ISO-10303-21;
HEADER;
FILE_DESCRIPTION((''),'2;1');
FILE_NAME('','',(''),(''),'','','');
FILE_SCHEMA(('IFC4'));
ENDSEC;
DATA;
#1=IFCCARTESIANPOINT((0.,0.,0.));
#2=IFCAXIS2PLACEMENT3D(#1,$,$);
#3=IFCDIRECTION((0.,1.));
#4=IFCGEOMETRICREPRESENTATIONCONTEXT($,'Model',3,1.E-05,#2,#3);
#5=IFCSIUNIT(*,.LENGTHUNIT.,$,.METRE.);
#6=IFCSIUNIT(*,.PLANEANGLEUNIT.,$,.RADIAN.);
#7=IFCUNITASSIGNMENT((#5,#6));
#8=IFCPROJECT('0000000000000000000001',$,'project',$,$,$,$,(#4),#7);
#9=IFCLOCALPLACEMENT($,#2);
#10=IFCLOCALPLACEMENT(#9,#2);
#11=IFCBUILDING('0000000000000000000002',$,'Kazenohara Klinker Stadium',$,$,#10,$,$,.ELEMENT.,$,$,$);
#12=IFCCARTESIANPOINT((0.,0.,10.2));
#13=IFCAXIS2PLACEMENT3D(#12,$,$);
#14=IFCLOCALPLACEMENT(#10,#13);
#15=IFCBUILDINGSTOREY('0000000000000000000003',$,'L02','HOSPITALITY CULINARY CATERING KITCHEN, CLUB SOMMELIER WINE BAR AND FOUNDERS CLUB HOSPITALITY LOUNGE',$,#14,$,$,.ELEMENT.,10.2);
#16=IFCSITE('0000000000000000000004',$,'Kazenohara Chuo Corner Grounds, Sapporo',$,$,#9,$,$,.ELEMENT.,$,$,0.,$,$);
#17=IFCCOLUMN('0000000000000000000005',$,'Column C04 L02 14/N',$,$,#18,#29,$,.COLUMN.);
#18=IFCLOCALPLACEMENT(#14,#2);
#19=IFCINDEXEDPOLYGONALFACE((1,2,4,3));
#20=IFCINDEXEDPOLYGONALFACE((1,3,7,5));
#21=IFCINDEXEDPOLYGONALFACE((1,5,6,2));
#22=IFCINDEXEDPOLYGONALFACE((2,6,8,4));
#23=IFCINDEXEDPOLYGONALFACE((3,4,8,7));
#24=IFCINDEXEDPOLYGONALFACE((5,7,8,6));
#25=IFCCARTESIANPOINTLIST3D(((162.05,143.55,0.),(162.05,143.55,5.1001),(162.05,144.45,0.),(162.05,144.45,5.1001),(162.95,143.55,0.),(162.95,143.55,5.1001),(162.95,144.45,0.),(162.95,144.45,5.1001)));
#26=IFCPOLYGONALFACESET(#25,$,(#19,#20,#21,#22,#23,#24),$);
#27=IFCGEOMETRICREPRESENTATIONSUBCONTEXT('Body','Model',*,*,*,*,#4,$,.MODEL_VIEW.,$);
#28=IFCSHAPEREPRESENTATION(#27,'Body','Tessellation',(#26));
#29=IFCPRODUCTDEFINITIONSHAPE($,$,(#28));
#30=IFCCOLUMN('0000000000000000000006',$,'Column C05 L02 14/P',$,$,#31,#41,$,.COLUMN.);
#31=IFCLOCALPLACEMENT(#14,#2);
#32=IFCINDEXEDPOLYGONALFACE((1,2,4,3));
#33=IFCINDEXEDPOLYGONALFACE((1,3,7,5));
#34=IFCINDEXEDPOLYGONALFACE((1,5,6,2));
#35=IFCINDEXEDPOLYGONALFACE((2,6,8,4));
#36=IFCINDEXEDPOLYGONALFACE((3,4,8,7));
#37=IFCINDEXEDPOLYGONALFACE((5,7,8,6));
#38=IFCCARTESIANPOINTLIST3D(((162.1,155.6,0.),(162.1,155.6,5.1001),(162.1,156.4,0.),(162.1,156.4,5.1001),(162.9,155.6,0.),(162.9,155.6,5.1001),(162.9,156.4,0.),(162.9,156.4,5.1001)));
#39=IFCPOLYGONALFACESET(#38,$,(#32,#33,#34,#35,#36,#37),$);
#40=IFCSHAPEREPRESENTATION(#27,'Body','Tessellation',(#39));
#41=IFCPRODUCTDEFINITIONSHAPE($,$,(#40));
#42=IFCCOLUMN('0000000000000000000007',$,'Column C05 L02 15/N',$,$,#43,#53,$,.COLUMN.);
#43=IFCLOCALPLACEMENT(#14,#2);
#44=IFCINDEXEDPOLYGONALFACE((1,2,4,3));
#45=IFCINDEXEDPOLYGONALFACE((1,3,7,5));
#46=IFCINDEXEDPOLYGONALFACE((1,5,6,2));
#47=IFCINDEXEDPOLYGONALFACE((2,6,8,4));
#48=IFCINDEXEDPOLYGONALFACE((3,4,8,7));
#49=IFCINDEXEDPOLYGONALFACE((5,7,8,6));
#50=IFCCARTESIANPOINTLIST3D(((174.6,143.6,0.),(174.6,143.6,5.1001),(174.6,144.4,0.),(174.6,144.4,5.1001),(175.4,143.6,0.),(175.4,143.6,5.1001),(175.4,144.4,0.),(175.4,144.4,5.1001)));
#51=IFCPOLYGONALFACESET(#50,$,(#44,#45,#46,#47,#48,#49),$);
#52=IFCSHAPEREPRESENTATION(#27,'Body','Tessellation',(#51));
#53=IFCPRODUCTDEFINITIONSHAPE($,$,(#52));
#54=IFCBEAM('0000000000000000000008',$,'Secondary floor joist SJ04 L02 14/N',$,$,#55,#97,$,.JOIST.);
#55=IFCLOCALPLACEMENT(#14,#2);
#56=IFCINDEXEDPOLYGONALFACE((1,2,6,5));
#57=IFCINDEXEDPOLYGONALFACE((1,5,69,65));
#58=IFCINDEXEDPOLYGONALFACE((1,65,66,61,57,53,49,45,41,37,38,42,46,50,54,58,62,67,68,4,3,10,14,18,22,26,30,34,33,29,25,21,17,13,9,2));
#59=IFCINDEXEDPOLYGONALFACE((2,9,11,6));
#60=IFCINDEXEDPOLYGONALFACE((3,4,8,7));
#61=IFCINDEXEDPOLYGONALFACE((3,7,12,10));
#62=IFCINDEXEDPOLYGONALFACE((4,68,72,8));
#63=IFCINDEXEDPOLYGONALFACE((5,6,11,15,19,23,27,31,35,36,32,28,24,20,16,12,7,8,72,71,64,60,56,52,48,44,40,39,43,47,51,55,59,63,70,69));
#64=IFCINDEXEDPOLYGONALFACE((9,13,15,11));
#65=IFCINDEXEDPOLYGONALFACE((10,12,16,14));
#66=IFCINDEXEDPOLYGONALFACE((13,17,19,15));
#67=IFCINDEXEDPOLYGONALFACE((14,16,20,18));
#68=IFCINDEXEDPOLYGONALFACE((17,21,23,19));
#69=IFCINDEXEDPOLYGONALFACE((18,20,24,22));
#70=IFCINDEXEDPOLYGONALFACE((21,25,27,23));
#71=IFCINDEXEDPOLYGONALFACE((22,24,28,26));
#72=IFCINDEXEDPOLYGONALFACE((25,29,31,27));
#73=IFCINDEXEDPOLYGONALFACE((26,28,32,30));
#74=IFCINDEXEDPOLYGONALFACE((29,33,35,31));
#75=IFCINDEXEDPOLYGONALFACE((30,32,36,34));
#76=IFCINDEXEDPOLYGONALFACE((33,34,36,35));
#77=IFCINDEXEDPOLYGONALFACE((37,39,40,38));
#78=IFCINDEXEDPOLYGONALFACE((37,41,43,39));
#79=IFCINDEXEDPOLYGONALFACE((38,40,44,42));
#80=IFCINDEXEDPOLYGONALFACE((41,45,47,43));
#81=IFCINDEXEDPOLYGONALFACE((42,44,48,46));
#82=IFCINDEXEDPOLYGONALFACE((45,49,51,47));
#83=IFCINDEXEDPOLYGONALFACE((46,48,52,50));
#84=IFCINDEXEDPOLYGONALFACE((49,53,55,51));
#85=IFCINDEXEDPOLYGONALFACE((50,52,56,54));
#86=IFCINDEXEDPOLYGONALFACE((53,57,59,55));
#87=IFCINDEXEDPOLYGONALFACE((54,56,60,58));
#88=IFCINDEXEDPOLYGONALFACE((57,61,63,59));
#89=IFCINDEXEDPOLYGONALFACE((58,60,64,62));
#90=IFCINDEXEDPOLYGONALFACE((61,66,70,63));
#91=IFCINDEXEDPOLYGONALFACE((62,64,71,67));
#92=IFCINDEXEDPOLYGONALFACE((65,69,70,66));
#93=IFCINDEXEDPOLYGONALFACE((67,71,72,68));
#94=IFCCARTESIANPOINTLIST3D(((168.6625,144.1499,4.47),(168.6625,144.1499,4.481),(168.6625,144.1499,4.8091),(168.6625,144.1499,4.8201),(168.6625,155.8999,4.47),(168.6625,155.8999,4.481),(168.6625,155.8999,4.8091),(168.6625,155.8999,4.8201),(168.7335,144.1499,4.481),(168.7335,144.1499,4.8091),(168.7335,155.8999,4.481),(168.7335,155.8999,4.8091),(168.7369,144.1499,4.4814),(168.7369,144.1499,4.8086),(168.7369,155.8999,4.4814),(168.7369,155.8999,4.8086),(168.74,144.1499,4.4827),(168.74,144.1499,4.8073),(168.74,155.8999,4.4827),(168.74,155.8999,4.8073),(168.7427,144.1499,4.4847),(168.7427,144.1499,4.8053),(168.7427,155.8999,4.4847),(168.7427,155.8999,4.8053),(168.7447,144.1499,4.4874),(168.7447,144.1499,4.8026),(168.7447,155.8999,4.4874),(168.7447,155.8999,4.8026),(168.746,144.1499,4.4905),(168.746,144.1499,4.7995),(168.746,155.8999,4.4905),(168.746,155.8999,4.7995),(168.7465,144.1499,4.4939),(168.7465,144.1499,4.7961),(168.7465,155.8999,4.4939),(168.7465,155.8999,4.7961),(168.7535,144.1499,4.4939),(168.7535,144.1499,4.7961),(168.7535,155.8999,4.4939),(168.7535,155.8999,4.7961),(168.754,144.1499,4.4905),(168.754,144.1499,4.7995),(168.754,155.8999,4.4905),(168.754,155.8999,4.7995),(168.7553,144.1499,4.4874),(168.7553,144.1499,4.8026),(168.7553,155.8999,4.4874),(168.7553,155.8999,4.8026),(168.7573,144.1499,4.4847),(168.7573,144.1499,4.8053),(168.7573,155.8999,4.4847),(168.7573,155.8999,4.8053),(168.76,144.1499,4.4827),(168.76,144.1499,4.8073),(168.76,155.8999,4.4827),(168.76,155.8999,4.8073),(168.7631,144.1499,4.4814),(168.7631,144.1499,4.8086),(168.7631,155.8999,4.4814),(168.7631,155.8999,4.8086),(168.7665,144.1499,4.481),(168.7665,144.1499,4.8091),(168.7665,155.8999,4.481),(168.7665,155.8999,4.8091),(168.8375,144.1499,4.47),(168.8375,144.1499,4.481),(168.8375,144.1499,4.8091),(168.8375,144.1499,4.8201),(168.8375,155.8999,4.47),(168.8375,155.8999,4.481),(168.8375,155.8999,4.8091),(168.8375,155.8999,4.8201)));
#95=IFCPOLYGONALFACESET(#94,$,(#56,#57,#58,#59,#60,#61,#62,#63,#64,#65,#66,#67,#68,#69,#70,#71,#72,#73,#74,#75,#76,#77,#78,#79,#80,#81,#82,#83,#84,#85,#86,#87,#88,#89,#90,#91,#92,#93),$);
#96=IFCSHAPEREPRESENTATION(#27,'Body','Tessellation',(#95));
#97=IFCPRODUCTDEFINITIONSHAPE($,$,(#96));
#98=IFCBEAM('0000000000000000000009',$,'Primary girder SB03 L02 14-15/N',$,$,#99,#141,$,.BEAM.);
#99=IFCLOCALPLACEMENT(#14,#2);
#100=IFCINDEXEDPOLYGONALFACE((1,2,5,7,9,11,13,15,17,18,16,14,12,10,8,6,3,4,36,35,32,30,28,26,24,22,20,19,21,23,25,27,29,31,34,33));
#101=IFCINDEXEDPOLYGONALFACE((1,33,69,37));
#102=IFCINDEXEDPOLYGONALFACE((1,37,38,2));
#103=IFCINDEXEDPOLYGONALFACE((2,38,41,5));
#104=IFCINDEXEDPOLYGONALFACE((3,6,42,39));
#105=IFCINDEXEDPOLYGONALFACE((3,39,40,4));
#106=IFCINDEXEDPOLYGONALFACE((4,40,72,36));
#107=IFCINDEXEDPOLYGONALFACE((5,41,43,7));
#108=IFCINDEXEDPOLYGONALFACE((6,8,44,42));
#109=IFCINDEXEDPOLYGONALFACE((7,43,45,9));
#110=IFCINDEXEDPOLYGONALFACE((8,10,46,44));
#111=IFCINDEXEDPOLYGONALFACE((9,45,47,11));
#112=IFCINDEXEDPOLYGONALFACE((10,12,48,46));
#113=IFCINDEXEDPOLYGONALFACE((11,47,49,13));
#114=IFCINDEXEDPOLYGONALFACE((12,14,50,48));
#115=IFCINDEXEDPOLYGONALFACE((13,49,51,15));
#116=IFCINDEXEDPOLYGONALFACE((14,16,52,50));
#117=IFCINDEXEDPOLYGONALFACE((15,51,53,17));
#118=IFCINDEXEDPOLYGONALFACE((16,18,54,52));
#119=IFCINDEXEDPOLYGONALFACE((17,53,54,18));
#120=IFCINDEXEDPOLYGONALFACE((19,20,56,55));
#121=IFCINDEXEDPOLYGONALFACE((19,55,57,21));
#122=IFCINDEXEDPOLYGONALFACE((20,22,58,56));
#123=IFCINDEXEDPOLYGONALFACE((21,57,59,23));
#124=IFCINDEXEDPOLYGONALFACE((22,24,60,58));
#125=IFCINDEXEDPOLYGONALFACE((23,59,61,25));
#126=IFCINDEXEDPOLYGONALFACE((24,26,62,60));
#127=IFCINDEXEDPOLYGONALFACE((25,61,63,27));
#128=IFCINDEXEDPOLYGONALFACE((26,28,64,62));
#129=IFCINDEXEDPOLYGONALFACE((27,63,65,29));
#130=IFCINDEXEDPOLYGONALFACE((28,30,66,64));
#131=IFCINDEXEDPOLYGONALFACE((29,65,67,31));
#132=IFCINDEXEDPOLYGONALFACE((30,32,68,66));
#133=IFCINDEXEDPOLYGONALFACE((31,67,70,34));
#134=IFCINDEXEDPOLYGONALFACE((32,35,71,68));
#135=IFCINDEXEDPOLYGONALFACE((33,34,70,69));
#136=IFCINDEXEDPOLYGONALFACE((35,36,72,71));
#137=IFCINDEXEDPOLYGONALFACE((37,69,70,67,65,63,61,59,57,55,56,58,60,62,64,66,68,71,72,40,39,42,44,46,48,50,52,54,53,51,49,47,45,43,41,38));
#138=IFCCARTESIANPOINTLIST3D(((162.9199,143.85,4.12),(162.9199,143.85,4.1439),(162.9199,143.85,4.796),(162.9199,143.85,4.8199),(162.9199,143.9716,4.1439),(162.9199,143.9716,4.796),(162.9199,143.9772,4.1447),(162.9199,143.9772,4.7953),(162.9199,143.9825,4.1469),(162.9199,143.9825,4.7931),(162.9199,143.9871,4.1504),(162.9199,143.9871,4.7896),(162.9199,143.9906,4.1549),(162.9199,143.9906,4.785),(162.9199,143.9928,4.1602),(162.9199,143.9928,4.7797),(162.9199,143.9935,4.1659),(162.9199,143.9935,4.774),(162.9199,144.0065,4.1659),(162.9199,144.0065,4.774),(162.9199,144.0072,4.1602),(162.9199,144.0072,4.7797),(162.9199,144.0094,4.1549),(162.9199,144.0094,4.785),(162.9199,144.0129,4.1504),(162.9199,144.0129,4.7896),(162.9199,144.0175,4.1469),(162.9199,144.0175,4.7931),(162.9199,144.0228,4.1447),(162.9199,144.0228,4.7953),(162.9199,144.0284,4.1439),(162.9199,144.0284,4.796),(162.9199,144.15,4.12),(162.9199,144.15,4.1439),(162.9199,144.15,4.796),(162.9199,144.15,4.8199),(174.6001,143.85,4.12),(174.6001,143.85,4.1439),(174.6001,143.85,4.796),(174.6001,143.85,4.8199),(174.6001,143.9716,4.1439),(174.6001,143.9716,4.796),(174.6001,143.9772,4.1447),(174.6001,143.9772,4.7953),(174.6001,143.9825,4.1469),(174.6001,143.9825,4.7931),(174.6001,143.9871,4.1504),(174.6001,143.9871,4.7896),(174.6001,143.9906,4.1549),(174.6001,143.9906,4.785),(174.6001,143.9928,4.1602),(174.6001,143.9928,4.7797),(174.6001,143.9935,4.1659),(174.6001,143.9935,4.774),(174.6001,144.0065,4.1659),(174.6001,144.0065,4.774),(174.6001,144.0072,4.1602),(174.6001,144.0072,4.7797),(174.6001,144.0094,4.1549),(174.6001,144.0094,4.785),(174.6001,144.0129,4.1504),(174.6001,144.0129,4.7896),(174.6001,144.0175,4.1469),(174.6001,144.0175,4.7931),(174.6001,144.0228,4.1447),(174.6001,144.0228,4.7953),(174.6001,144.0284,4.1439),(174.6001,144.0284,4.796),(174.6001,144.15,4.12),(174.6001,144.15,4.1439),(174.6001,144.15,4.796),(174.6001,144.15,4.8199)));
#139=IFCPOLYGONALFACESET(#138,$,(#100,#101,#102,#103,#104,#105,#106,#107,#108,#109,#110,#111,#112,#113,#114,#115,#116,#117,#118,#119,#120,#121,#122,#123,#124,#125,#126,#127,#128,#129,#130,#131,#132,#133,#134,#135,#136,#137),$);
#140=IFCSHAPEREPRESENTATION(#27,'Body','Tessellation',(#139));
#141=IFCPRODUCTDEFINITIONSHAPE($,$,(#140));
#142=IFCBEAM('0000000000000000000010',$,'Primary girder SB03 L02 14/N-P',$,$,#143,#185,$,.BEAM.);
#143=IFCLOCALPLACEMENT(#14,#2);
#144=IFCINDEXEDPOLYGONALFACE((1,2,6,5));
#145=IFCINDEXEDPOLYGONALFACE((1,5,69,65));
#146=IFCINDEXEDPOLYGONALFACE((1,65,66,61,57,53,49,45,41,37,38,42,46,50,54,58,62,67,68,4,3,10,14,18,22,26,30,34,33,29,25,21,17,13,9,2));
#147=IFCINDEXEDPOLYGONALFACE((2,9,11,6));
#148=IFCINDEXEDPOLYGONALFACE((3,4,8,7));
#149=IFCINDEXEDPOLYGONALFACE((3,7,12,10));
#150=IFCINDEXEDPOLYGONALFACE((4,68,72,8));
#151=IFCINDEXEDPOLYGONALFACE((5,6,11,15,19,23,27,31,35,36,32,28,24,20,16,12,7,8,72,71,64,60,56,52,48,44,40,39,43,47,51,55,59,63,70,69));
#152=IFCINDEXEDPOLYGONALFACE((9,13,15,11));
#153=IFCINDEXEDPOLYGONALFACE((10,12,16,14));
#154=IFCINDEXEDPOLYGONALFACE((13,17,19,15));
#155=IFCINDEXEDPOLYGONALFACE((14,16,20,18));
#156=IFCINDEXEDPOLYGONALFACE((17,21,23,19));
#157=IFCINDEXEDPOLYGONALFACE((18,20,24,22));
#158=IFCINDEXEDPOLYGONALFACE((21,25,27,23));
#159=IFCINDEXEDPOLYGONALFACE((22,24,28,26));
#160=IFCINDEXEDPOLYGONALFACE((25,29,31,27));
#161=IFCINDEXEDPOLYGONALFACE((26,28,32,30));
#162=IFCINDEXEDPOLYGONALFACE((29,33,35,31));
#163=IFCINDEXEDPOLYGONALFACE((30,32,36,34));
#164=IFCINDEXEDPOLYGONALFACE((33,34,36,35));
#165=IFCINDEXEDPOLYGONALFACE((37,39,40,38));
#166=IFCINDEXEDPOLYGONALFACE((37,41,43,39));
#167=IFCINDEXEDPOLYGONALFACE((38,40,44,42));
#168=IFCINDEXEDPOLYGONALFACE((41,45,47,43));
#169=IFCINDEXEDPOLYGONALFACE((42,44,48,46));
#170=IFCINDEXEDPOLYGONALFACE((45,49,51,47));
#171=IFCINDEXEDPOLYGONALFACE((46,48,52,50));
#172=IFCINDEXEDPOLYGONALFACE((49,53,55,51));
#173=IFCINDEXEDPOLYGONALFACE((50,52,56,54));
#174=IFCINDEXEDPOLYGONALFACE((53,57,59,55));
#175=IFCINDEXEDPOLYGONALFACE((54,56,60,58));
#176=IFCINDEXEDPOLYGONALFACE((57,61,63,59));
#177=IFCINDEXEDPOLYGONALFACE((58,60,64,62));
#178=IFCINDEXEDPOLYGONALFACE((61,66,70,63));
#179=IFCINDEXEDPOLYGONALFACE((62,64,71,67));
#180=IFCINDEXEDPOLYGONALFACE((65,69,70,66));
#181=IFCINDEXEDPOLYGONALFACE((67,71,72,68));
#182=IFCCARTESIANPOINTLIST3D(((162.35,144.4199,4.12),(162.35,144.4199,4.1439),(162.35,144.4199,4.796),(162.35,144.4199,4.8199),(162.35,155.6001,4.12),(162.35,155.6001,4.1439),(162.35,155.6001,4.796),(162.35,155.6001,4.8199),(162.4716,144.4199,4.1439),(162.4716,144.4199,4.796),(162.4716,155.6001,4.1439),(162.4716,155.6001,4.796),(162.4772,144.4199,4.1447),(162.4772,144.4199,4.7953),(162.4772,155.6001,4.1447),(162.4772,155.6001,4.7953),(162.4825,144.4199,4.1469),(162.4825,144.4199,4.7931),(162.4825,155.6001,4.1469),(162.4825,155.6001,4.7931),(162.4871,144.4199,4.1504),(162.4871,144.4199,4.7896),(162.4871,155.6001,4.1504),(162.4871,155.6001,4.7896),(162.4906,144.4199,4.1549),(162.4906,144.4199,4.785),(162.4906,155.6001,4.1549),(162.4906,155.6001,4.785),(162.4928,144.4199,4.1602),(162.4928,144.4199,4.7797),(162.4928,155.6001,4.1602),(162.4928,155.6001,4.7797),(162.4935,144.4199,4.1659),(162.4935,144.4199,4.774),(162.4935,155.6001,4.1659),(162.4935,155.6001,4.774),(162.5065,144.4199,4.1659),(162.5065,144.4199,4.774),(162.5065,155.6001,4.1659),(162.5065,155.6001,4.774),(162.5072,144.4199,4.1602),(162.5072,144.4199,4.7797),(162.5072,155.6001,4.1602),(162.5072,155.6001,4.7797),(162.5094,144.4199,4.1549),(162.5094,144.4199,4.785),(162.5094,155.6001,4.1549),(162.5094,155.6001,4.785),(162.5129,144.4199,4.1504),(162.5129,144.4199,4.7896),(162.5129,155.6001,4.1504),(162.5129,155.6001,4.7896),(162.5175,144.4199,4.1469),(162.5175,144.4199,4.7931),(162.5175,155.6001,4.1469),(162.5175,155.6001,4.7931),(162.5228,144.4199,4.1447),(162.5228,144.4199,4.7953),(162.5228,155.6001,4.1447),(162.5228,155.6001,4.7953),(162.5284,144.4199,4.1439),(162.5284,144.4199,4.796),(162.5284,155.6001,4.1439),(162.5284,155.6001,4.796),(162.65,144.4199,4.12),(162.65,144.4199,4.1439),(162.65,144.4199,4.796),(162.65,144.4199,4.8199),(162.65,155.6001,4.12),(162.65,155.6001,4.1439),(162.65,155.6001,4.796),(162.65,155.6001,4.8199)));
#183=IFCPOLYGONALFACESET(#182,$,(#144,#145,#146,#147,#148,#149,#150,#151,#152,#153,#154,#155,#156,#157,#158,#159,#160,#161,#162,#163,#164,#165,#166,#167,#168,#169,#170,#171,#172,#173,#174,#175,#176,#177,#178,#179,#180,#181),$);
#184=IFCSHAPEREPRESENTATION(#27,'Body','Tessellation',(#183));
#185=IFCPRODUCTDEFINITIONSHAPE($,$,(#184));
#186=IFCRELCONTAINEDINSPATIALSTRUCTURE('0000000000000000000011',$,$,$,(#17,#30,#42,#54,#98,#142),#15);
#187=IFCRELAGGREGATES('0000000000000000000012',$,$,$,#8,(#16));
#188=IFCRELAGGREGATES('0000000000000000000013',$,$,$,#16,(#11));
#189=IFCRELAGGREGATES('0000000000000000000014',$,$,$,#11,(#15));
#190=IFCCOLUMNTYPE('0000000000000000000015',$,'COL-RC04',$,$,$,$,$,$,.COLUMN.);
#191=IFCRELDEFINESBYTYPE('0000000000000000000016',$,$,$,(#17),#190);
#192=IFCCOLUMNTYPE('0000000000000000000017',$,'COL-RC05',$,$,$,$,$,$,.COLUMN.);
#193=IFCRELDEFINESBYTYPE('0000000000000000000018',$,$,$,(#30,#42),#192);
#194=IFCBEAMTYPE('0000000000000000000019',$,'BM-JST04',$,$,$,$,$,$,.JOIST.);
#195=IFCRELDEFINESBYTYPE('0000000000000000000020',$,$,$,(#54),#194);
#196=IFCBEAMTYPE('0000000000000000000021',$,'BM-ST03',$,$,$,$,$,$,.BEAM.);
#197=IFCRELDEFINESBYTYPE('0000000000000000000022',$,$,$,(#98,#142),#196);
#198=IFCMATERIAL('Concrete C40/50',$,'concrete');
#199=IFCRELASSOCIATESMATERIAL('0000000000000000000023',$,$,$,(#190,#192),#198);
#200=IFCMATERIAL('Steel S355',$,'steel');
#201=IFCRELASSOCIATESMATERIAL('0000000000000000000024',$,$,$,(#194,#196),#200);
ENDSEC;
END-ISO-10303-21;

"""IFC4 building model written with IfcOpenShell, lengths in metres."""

from ifc_helpers import new_model, si_unit, direction, frame, origin, origin_2d, place, context, subcontext, project, spatial, rectangle, i_section, extrude, material, material_profile, profile_set, type_object, element, save


model = new_model("IFC4")

# Units and contexts
model_context = context("Model", 3, precision=1e-05, world=origin(), true_north=direction((0.0, 1.0)))
body_context = subcontext(model_context, "Body", "Model", "MODEL_VIEW")
ifc_project = project(units=[si_unit("LENGTHUNIT", "METRE"), si_unit("PLANEANGLEUNIT", "RADIAN")], contexts=[model_context])

# Site, building, storey
site_placement = place(None, origin())
site = spatial("IfcSite", under=ifc_project, at=site_placement, Name="Kazenohara Chuo Corner Grounds, Sapporo", CompositionType="ELEMENT", RefElevation=0.0)
building_placement = place(site_placement, origin())
building = spatial("IfcBuilding", under=site, at=building_placement, Name="Kazenohara Klinker Stadium", CompositionType="ELEMENT")
storey_placement = place(building_placement, frame((0.0, 0.0, 10.2)))
storey = spatial("IfcBuildingStorey", under=building, at=storey_placement, Name="L02", Description="HOSPITALITY CULINARY CATERING KITCHEN, CLUB SOMMELIER WINE BAR AND FOUNDERS CLUB HOSPITALITY LOUNGE", CompositionType="ELEMENT", Elevation=10.2)

# Columns
ifc_material_1 = material(Name="Concrete C40/50", Category="concrete")
ifc_material_profile_1 = material_profile(ifc_material_1, rectangle(XDim=0.8999, YDim=0.8999, at=origin_2d()), Name="RC-COL-900x900")
ifc_profile_set_1 = profile_set([ifc_material_profile_1], Name="Concrete C40/50")
column_type_1 = type_object("IfcColumnType", Name="COL-RC04", PredefinedType="COLUMN", material=ifc_profile_set_1)
column_placement = place(storey_placement, frame((162.5, 144.0, 0.0), z_axis=(0.0, 0.0, 1.0), x_axis=(1.0, 0.0, 0.0)))
element("IfcColumn", 1, at=column_placement, inside=storey, type_object=column_type_1, Name="Column C04 L02 14/N", PredefinedType="COLUMN", context=body_context, shape_type="SweptSolid", body=[
    extrude(rectangle(XDim=0.8999, YDim=0.8999, at=origin_2d()), origin(), (0.0, 0.0, 1.0), 5.1001),
])
ifc_material_profile_2 = material_profile(ifc_material_1, rectangle(XDim=0.8, YDim=0.8, at=origin_2d()), Name="RC-COL-800x800")
ifc_profile_set_2 = profile_set([ifc_material_profile_2], Name="Concrete C40/50")
column_type_2 = type_object("IfcColumnType", Name="COL-RC05", PredefinedType="COLUMN", material=ifc_profile_set_2)
for number, where, z_axis, x_axis, name in (
    (2, (162.5, 156.0, 0.0), (0.0, 0.0, 1.0), (1.0, 0.0, 0.0), "Column C05 L02 14/P"),
    (3, (175.0, 144.0, 0.0), (0.0, 0.0, 1.0), (1.0, 0.0, 0.0), "Column C05 L02 15/N"),
):
    element("IfcColumn", number, at=place(storey_placement, frame(where, z_axis=z_axis, x_axis=x_axis)), inside=storey, type_object=column_type_2, Name=name, PredefinedType="COLUMN", context=body_context, shape_type="SweptSolid", body=[
        extrude(rectangle(XDim=0.8, YDim=0.8, at=origin_2d()), origin(), (0.0, 0.0, 1.0), 5.1001),
    ])

# Beams
ifc_material_2 = material(Name="Steel S355", Category="steel")
ifc_material_profile_3 = material_profile(ifc_material_2, i_section(OverallWidth=0.175, OverallDepth=0.3501, WebThickness=0.0071, FlangeThickness=0.011, FilletRadius=0.0129, at=origin_2d()), Name="H-350x175x7x11")
ifc_profile_set_3 = profile_set([ifc_material_profile_3], Name="Steel S355")
beam_type_1 = type_object("IfcBeamType", Name="BM-JST04", PredefinedType="JOIST", material=ifc_profile_set_3)
beam_1_placement = place(storey_placement, frame((168.75, 144.1499, 4.645), z_axis=(0.0, 1.0, 0.0), x_axis=(-1.0, 0.0, 0.0)))
element("IfcBeam", 4, at=beam_1_placement, inside=storey, type_object=beam_type_1, Name="Secondary floor joist SJ04 L02 14/N", PredefinedType="JOIST", context=body_context, shape_type="SweptSolid", body=[
    extrude(i_section(OverallWidth=0.175, OverallDepth=0.3501, WebThickness=0.0071, FlangeThickness=0.011, FilletRadius=0.0129, at=origin_2d()), origin(), (0.0, 0.0, 1.0), 11.75),
])
ifc_material_profile_4 = material_profile(ifc_material_2, i_section(OverallWidth=0.3, OverallDepth=0.7, WebThickness=0.0129, FlangeThickness=0.0239, FilletRadius=0.022, at=origin_2d()), Name="H-700x300x13x24")
ifc_profile_set_4 = profile_set([ifc_material_profile_4], Name="Steel S355")
beam_type_2 = type_object("IfcBeamType", Name="BM-ST03", PredefinedType="BEAM", material=ifc_profile_set_4)
beam_2_placement = place(storey_placement, frame((162.9199, 144.0, 4.47), z_axis=(1.0, 0.0, 0.0), x_axis=(0.0, 1.0, 0.0)))
element("IfcBeam", 5, at=beam_2_placement, inside=storey, type_object=beam_type_2, Name="Primary girder SB03 L02 14-15/N", PredefinedType="BEAM", context=body_context, shape_type="SweptSolid", body=[
    extrude(i_section(OverallWidth=0.3, OverallDepth=0.7, WebThickness=0.0129, FlangeThickness=0.0239, FilletRadius=0.022, at=origin_2d()), origin(), (0.0, 0.0, 1.0), 11.6802),
])
beam_3_placement = place(storey_placement, frame((162.5, 144.4199, 4.47), z_axis=(0.0, 1.0, 0.0), x_axis=(-1.0, 0.0, 0.0)))
element("IfcBeam", 6, at=beam_3_placement, inside=storey, type_object=beam_type_2, Name="Primary girder SB03 L02 14/N-P", PredefinedType="BEAM", context=body_context, shape_type="SweptSolid", body=[
    extrude(i_section(OverallWidth=0.3, OverallDepth=0.7, WebThickness=0.0129, FlangeThickness=0.0239, FilletRadius=0.022, at=origin_2d()), origin(), (0.0, 0.0, 1.0), 11.1802),
])

save(model, "model.ifc")
